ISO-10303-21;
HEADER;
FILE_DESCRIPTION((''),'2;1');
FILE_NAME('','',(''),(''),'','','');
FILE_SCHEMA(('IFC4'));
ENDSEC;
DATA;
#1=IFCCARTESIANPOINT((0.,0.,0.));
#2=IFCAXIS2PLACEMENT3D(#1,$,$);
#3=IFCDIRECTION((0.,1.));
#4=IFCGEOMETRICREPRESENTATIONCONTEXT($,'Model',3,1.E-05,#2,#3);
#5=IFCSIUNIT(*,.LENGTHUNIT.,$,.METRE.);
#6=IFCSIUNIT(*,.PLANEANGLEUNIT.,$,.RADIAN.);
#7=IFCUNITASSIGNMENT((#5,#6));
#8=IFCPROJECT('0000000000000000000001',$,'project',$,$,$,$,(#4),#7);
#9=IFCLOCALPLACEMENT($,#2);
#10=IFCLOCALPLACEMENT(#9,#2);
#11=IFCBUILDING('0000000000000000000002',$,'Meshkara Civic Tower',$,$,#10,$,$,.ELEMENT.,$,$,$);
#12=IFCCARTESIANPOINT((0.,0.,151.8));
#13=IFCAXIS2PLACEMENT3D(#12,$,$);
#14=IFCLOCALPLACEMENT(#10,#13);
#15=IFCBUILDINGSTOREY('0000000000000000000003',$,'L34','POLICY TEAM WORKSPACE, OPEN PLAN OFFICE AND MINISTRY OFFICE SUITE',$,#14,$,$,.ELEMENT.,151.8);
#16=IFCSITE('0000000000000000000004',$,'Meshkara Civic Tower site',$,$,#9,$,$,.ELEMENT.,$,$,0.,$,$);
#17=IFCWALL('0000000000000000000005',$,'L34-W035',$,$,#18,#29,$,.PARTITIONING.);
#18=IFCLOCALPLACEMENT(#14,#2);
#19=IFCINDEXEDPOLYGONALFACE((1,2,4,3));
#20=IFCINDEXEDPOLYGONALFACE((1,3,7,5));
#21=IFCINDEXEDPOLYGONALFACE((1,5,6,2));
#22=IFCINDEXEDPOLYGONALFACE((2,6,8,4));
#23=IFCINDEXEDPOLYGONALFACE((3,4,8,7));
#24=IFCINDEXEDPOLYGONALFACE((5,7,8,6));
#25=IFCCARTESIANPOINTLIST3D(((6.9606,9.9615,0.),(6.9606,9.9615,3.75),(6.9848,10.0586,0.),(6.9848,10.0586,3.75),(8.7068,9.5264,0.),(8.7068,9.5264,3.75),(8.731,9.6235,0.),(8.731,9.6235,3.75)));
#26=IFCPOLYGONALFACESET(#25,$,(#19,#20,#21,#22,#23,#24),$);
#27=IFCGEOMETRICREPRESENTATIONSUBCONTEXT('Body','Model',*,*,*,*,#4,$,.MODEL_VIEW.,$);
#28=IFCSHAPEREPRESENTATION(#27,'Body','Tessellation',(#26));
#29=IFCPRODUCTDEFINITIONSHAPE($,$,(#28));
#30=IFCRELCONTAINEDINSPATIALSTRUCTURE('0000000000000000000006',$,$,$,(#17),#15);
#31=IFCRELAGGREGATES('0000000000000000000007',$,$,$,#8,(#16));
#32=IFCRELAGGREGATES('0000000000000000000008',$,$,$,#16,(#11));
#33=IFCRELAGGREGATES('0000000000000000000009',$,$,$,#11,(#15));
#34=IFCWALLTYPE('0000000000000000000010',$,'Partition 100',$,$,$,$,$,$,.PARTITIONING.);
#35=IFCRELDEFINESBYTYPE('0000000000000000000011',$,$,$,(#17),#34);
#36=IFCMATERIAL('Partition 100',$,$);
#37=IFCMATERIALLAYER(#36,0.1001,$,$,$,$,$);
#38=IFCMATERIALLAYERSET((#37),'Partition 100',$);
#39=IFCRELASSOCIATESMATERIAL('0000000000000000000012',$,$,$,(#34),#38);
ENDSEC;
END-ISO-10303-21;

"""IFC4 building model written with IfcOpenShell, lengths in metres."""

from ifc_helpers import new_model, si_unit, direction, frame, frame_2d, origin, place, context, subcontext, project, spatial, rectangle, extrude, material, layer, layer_set, type_object, element, save


model = new_model("IFC4")

# Units and contexts
model_context = context("Model", 3, precision=1e-05, world=origin(), true_north=direction((0.0, 1.0)))
body_context = subcontext(model_context, "Body", "Model", "MODEL_VIEW")
ifc_project = project(units=[si_unit("LENGTHUNIT", "METRE"), si_unit("PLANEANGLEUNIT", "RADIAN")], contexts=[model_context])

# Site, building, storey
site_placement = place(None, origin())
site = spatial("IfcSite", under=ifc_project, at=site_placement, Name="Meshkara Civic Tower site", CompositionType="ELEMENT", RefElevation=0.0)
building_placement = place(site_placement, origin())
building = spatial("IfcBuilding", under=site, at=building_placement, Name="Meshkara Civic Tower", CompositionType="ELEMENT")
storey_placement = place(building_placement, frame((0.0, 0.0, 151.8)))
storey = spatial("IfcBuildingStorey", under=building, at=storey_placement, Name="L34", Description="POLICY TEAM WORKSPACE, OPEN PLAN OFFICE AND MINISTRY OFFICE SUITE", CompositionType="ELEMENT", Elevation=151.8)

# Wall
ifc_material_1 = material(Name="Partition 100")
ifc_layer_1 = layer(ifc_material_1, 0.1001)
ifc_layer_set_1 = layer_set([ifc_layer_1], Name="Partition 100")
wall_type_1 = type_object("IfcWallType", Name="Partition 100", PredefinedType="PARTITIONING", material=ifc_layer_set_1)
wall_1_placement = place(storey_placement, frame((8.719, 9.575, 0.0), z_axis=(0.0, 0.0, 1.0), x_axis=(-0.970334, 0.241769, 0.0)))
element("IfcWall", 1, at=wall_1_placement, inside=storey, type_object=wall_type_1, Name="L34-W035", PredefinedType="PARTITIONING", context=body_context, shape_type="SweptSolid", body=[
    extrude(rectangle(XDim=1.7996, YDim=0.1001, at=frame_2d((0.8999, 0.0))), origin(), (0.0, 0.0, 1.0), 3.75),
])

save(model, "model.ifc")
